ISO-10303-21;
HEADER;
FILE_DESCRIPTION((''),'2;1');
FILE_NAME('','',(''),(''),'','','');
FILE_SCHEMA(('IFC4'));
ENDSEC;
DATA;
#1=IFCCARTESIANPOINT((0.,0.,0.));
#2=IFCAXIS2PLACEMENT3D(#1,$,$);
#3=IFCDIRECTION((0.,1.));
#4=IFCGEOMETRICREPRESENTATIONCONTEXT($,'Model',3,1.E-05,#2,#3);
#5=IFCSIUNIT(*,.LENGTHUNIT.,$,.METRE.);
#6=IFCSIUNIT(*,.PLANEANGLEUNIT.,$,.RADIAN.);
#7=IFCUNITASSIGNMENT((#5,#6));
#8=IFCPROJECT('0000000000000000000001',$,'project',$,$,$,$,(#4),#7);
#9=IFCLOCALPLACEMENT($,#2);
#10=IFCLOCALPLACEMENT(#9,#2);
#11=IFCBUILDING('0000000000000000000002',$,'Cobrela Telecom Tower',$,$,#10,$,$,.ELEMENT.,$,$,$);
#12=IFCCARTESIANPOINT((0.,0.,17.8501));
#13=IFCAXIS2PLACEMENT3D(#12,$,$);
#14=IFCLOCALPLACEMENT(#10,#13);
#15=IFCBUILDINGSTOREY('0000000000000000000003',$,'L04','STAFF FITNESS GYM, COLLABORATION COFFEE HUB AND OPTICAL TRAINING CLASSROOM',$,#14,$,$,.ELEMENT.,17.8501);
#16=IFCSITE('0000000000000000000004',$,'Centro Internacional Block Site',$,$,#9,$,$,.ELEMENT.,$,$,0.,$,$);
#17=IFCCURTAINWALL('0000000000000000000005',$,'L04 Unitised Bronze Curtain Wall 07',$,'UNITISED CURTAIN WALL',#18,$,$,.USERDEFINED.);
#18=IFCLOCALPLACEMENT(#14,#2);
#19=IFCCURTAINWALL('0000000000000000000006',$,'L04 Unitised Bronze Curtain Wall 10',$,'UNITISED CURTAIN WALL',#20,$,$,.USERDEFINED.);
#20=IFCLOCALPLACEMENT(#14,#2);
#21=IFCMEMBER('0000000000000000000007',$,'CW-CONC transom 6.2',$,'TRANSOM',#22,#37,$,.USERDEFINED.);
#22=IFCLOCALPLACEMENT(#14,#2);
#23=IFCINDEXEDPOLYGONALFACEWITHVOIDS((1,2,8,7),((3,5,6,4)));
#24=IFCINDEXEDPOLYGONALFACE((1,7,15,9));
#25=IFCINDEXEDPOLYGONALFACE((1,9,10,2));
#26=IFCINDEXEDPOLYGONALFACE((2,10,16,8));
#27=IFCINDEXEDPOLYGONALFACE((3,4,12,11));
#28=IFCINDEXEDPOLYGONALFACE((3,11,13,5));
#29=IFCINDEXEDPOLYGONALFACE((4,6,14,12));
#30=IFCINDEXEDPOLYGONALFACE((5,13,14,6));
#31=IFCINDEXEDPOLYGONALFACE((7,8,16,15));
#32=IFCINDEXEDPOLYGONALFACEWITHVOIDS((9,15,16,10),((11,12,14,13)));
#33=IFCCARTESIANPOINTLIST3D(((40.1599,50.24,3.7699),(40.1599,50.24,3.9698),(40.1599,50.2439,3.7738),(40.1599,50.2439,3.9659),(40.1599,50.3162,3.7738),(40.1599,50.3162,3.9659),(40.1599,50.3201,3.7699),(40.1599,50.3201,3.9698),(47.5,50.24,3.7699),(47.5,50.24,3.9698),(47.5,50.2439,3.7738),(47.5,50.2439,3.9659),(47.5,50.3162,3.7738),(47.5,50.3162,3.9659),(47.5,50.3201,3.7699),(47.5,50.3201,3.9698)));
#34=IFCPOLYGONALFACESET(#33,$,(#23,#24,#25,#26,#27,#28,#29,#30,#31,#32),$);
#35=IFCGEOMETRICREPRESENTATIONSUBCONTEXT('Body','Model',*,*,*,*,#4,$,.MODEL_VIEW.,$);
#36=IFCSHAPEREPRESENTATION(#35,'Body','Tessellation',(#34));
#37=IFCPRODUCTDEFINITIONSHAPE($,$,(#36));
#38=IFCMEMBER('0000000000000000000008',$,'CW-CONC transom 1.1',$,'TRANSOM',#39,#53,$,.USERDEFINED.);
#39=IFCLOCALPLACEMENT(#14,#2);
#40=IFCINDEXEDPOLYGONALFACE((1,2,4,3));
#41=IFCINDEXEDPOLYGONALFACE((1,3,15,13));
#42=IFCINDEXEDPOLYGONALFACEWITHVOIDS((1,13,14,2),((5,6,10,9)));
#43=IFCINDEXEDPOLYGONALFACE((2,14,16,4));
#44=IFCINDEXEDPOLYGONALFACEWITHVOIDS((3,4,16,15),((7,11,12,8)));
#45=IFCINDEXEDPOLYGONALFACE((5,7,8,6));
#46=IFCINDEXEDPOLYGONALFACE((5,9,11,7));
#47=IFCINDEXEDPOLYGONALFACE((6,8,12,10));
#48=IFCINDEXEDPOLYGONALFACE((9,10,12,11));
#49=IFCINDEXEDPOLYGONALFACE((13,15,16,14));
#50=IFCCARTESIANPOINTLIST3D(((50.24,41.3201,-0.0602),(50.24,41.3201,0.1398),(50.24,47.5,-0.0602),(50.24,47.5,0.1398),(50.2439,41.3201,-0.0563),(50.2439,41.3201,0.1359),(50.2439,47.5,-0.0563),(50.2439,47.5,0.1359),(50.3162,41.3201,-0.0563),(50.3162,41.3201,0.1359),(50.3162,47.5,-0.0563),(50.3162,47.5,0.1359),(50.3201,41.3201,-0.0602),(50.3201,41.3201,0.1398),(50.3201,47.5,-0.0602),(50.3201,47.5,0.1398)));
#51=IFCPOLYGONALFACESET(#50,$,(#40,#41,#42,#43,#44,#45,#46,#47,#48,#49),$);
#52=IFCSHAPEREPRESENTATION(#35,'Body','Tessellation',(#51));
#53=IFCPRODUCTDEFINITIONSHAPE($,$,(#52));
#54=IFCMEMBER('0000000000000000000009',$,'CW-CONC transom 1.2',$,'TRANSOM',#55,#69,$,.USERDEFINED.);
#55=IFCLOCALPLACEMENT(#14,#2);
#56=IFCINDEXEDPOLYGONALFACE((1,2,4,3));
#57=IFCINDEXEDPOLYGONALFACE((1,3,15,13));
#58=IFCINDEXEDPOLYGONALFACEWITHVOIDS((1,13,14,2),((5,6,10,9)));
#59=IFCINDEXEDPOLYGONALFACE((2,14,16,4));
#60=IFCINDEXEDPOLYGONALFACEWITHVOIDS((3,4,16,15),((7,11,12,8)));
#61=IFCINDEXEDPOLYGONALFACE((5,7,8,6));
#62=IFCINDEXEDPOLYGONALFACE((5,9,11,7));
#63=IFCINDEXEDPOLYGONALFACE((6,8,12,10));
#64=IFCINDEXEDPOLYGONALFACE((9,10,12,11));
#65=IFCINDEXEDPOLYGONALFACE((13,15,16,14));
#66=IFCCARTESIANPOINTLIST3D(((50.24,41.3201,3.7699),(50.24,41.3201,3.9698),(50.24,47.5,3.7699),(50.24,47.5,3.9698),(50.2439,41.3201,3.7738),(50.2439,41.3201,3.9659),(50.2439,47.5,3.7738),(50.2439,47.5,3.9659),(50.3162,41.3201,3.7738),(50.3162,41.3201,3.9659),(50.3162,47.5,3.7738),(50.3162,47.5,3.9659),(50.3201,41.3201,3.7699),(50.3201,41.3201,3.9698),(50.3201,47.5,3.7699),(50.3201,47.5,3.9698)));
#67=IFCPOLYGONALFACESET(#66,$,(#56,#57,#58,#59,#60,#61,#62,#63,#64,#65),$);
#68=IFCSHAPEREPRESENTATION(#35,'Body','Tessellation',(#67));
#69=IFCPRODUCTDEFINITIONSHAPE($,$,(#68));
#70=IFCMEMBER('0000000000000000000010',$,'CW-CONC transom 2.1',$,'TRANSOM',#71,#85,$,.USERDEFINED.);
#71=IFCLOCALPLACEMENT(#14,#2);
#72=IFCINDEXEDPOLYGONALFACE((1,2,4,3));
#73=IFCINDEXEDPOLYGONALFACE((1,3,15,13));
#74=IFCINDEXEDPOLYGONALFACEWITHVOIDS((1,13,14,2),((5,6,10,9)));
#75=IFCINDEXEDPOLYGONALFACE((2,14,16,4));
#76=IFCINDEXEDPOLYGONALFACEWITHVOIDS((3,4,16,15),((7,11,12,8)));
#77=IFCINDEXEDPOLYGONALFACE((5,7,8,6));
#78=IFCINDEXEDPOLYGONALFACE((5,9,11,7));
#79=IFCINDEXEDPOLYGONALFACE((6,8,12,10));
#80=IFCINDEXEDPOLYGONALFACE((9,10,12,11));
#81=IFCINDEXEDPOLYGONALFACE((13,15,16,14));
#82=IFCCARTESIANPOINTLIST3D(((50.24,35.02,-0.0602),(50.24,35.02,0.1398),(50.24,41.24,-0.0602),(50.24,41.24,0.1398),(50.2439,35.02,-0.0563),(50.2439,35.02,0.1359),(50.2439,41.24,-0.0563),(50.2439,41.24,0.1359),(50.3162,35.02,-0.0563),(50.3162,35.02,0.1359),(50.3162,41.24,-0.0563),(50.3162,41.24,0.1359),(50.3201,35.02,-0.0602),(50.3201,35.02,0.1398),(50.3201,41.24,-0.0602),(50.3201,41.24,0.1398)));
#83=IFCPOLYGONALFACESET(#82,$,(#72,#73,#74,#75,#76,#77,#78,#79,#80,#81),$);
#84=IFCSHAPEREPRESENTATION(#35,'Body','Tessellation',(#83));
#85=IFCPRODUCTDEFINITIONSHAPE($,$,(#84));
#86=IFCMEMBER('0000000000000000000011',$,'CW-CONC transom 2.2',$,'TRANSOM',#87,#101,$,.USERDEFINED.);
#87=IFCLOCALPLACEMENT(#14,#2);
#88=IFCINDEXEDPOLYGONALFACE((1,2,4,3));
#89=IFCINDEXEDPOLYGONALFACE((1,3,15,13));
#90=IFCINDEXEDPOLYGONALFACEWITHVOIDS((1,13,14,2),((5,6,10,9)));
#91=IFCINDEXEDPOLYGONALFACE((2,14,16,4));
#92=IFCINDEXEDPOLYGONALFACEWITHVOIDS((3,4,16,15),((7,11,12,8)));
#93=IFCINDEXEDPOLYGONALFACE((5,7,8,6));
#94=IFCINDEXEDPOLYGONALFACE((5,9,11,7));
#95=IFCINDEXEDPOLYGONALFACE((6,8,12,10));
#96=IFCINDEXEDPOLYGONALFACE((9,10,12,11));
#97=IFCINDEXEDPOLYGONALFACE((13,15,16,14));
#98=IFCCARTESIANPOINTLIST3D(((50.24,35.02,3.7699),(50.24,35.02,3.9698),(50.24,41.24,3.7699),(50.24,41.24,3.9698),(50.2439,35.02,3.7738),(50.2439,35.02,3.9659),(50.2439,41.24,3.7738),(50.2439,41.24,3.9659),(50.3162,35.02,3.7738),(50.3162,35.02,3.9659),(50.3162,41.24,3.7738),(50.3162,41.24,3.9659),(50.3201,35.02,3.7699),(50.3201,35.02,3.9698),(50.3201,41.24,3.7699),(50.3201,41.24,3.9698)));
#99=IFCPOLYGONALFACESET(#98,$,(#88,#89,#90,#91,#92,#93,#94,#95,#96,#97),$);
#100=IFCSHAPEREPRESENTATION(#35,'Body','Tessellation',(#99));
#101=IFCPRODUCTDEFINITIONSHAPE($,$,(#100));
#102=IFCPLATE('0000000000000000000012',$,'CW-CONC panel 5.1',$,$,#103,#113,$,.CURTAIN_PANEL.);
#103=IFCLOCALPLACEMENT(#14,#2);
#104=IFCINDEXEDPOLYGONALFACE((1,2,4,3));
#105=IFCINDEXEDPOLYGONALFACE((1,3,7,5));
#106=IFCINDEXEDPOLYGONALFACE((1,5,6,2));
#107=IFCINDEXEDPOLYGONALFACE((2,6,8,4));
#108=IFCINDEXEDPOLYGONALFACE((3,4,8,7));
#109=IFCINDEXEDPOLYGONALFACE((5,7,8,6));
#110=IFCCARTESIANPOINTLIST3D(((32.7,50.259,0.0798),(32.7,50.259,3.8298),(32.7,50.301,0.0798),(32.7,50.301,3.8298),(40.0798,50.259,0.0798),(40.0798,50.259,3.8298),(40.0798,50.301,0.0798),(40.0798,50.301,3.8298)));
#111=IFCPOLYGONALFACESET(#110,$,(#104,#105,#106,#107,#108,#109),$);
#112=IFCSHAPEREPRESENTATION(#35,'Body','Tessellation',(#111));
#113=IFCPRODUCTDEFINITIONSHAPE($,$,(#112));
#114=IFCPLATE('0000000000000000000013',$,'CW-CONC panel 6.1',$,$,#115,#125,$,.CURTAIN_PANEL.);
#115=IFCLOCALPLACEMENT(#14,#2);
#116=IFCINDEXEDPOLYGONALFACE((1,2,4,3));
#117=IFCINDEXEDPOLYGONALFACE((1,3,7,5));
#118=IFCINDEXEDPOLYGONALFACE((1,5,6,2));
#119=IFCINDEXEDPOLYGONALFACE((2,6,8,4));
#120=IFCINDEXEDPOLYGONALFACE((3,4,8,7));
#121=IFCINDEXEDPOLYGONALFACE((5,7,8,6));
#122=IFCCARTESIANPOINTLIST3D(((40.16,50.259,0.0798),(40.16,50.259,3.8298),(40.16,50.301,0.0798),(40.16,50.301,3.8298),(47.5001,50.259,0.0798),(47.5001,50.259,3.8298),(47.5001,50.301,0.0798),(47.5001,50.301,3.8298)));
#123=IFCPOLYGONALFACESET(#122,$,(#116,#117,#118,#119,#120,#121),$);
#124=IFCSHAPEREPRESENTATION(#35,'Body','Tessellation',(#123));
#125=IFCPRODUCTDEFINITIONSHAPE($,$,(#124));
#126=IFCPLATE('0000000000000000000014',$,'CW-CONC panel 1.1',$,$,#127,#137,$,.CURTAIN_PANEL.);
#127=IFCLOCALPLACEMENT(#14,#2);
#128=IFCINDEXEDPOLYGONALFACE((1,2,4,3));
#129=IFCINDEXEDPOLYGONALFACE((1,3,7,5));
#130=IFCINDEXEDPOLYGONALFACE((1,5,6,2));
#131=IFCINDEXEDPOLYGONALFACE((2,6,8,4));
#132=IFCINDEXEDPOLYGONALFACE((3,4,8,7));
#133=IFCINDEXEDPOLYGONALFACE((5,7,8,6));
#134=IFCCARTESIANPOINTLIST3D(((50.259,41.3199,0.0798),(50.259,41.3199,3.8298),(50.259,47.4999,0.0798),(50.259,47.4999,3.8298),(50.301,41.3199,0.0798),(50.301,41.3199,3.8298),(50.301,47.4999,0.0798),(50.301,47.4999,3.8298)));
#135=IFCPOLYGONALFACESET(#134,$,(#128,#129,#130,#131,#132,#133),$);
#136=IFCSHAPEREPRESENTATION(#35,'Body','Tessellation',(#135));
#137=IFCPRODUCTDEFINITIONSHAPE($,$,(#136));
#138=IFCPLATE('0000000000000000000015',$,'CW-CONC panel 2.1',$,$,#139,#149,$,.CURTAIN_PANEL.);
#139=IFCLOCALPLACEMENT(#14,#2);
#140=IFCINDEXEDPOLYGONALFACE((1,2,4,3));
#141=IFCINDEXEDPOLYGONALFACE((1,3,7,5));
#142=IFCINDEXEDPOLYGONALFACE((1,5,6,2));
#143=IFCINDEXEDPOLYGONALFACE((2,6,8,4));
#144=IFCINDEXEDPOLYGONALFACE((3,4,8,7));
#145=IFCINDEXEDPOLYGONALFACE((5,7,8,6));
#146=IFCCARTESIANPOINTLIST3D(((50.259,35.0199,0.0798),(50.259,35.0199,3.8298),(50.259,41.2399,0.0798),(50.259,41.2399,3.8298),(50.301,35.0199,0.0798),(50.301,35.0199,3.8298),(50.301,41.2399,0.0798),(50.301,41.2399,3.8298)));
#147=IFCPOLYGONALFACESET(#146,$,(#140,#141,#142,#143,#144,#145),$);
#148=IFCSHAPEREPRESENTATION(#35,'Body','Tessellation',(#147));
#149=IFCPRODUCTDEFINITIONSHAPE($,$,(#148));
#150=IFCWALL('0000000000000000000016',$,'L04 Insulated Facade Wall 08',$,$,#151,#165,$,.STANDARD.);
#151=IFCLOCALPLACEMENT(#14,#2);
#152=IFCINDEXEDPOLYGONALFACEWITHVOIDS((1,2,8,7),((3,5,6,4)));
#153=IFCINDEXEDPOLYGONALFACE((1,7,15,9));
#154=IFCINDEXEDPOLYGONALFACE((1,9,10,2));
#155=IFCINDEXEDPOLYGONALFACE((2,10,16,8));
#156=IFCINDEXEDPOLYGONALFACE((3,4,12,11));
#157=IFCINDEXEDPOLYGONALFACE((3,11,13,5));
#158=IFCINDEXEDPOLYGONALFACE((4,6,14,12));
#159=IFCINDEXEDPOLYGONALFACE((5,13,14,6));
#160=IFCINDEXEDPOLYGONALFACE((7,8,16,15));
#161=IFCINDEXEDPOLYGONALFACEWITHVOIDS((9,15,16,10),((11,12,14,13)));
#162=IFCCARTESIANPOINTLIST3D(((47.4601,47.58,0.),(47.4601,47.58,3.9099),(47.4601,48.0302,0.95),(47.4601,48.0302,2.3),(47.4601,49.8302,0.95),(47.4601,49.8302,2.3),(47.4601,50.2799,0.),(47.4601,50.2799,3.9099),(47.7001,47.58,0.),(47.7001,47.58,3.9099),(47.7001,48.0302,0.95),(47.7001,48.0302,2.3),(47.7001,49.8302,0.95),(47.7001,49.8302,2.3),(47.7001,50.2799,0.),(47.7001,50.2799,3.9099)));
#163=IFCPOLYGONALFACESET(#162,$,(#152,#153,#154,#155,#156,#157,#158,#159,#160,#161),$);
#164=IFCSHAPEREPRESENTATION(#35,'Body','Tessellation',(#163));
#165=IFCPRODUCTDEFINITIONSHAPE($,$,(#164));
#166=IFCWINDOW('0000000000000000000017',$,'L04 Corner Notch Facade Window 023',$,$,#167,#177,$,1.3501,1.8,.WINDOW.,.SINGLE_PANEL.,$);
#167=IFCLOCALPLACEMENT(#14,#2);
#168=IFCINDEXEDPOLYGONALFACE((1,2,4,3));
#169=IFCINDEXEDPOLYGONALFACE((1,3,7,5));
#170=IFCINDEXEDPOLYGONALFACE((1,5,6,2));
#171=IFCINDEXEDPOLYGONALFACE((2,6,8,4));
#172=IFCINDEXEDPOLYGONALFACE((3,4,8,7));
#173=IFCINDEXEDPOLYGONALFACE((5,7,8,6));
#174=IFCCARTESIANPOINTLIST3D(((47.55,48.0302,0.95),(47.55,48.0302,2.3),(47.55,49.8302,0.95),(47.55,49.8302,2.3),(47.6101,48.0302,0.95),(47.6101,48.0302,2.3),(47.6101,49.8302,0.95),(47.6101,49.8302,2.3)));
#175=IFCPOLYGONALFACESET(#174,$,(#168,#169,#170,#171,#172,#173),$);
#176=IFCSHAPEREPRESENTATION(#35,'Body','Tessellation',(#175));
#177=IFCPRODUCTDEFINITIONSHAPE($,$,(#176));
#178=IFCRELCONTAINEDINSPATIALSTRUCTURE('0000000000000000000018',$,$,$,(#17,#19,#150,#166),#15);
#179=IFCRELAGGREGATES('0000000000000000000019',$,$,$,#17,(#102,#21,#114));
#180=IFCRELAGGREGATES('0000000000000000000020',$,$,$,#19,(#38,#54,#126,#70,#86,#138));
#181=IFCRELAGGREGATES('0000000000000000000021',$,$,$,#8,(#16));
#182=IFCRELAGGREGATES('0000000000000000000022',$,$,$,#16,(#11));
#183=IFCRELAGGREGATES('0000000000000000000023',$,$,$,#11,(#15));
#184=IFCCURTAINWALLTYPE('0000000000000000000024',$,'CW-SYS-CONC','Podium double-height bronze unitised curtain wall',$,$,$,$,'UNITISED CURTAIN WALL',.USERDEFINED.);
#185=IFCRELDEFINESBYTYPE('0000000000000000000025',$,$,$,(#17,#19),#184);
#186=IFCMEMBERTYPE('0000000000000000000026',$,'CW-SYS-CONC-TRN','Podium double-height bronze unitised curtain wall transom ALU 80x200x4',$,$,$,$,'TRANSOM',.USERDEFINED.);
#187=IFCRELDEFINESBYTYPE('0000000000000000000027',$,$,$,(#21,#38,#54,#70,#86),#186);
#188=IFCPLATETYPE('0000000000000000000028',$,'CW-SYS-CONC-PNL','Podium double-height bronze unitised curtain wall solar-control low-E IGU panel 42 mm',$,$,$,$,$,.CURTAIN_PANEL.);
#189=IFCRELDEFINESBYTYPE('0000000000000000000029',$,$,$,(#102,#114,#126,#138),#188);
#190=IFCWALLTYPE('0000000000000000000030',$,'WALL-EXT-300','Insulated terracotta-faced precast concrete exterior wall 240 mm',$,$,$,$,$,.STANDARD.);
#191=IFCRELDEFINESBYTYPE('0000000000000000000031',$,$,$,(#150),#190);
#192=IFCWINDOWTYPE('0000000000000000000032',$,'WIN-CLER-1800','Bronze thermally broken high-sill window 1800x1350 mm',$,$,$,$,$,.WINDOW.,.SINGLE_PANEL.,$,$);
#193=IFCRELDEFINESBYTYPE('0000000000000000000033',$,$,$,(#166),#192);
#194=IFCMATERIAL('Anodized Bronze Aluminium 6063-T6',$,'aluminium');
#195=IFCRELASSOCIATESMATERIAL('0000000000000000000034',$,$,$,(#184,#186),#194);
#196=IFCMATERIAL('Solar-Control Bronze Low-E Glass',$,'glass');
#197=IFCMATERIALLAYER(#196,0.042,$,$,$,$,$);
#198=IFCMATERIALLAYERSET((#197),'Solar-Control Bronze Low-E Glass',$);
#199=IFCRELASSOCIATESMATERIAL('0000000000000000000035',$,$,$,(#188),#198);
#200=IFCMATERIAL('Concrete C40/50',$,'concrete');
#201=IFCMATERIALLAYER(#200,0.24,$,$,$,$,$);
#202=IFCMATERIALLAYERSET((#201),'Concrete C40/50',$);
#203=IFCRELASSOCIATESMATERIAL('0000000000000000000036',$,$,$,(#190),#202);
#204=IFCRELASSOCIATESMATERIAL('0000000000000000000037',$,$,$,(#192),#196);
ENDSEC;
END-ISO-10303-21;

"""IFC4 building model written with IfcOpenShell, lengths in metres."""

from ifc_helpers import new_model, si_unit, direction, frame, frame_2d, origin, origin_2d, place, context, subcontext, project, spatial, rectangle, hollow_rectangle, extrude, material, layer, layer_set, material_profile, profile_set, type_object, element, fill, aggregate, save


model = new_model("IFC4")

# Units and contexts
model_context = context("Model", 3, precision=1e-05, world=origin(), true_north=direction((0.0, 1.0)))
body_context = subcontext(model_context, "Body", "Model", "MODEL_VIEW")
ifc_project = project(units=[si_unit("LENGTHUNIT", "METRE"), si_unit("PLANEANGLEUNIT", "RADIAN")], contexts=[model_context])

# Site, building, storey
site_placement = place(None, origin())
site = spatial("IfcSite", under=ifc_project, at=site_placement, Name="Centro Internacional Block Site", CompositionType="ELEMENT", RefElevation=0.0)
building_placement = place(site_placement, origin())
building = spatial("IfcBuilding", under=site, at=building_placement, Name="Cobrela Telecom Tower", CompositionType="ELEMENT")
storey_placement = place(building_placement, frame((0.0, 0.0, 17.8501)))
storey = spatial("IfcBuildingStorey", under=building, at=storey_placement, Name="L04", Description="STAFF FITNESS GYM, COLLABORATION COFFEE HUB AND OPTICAL TRAINING CLASSROOM", CompositionType="ELEMENT", Elevation=17.8501)

# Shared definitions
ifc_material_1 = material(Name="Concrete C40/50", Category="concrete")

# Curtain walls
ifc_material_2 = material(Name="Anodized Bronze Aluminium 6063-T6", Category="aluminium")
curtain_wall_type = type_object("IfcCurtainWallType", Name="CW-SYS-CONC", Description="Podium double-height bronze unitised curtain wall", ElementType="UNITISED CURTAIN WALL", PredefinedType="USERDEFINED", material=ifc_material_2)
curtain_wall_1_placement = place(storey_placement, origin())
curtain_wall_1 = element("IfcCurtainWall", 1, at=curtain_wall_1_placement, inside=storey, type_object=curtain_wall_type, Name="L04 Unitised Bronze Curtain Wall 07", ObjectType="UNITISED CURTAIN WALL", PredefinedType="USERDEFINED")
curtain_wall_2_placement = place(storey_placement, origin())
curtain_wall_2 = element("IfcCurtainWall", 2, at=curtain_wall_2_placement, inside=storey, type_object=curtain_wall_type, Name="L04 Unitised Bronze Curtain Wall 10", ObjectType="UNITISED CURTAIN WALL", PredefinedType="USERDEFINED")

# Members
ifc_material_profile_1 = material_profile(ifc_material_2, hollow_rectangle(XDim=0.0801, YDim=0.2, WallThickness=0.0039, at=origin_2d()), Name="ALU 80x200x4")
ifc_profile_set_1 = profile_set([ifc_material_profile_1], Name="Anodized Bronze Aluminium 6063-T6")
member_type_1 = type_object("IfcMemberType", Name="CW-SYS-CONC-TRN", Description="Podium double-height bronze unitised curtain wall transom ALU 80x200x4", ElementType="TRANSOM", PredefinedType="USERDEFINED", material=ifc_profile_set_1)
member_1_placement = place(storey_placement, frame((40.1599, 50.28, 3.8699), z_axis=(1.0, 0.0, 0.0), x_axis=(0.0, 1.0, 0.0)))
member_1 = element("IfcMember", 3, at=member_1_placement, type_object=member_type_1, Name="CW-CONC transom 6.2", ObjectType="TRANSOM", PredefinedType="USERDEFINED", context=body_context, shape_type="SweptSolid", body=[
    extrude(hollow_rectangle(XDim=0.0801, YDim=0.2, WallThickness=0.0039, at=origin_2d()), origin(), (0.0, 0.0, 1.0), 7.3401),
])
member_2_placement = place(storey_placement, frame((50.28, 47.5, 0.0398), z_axis=(0.0, -1.0, 0.0), x_axis=(1.0, 0.0, 0.0)))
member_2 = element("IfcMember", 4, at=member_2_placement, type_object=member_type_1, Name="CW-CONC transom 1.1", ObjectType="TRANSOM", PredefinedType="USERDEFINED", context=body_context, shape_type="SweptSolid", body=[
    extrude(hollow_rectangle(XDim=0.0801, YDim=0.2, WallThickness=0.0039, at=origin_2d()), origin(), (0.0, 0.0, 1.0), 6.1799),
])
member_3_placement = place(storey_placement, frame((50.28, 47.5, 3.8699), z_axis=(0.0, -1.0, 0.0), x_axis=(1.0, 0.0, 0.0)))
member_3 = element("IfcMember", 5, at=member_3_placement, type_object=member_type_1, Name="CW-CONC transom 1.2", ObjectType="TRANSOM", PredefinedType="USERDEFINED", context=body_context, shape_type="SweptSolid", body=[
    extrude(hollow_rectangle(XDim=0.0801, YDim=0.2, WallThickness=0.0039, at=origin_2d()), origin(), (0.0, 0.0, 1.0), 6.1799),
])
member_4_placement = place(storey_placement, frame((50.28, 41.24, 0.0398), z_axis=(0.0, -1.0, 0.0), x_axis=(1.0, 0.0, 0.0)))
member_4 = element("IfcMember", 6, at=member_4_placement, type_object=member_type_1, Name="CW-CONC transom 2.1", ObjectType="TRANSOM", PredefinedType="USERDEFINED", context=body_context, shape_type="SweptSolid", body=[
    extrude(hollow_rectangle(XDim=0.0801, YDim=0.2, WallThickness=0.0039, at=origin_2d()), origin(), (0.0, 0.0, 1.0), 6.22),
])
member_5_placement = place(storey_placement, frame((50.28, 41.24, 3.8699), z_axis=(0.0, -1.0, 0.0), x_axis=(1.0, 0.0, 0.0)))
member_5 = element("IfcMember", 7, at=member_5_placement, type_object=member_type_1, Name="CW-CONC transom 2.2", ObjectType="TRANSOM", PredefinedType="USERDEFINED", context=body_context, shape_type="SweptSolid", body=[
    extrude(hollow_rectangle(XDim=0.0801, YDim=0.2, WallThickness=0.0039, at=origin_2d()), origin(), (0.0, 0.0, 1.0), 6.22),
])

# Plates
ifc_material_3 = material(Name="Solar-Control Bronze Low-E Glass", Category="glass")
ifc_layer_1 = layer(ifc_material_3, 0.042)
ifc_layer_set_1 = layer_set([ifc_layer_1], Name="Solar-Control Bronze Low-E Glass")
plate_type = type_object("IfcPlateType", Name="CW-SYS-CONC-PNL", Description="Podium double-height bronze unitised curtain wall solar-control low-E IGU panel 42 mm", PredefinedType="CURTAIN_PANEL", material=ifc_layer_set_1)
plate_1_placement = place(storey_placement, frame((36.3899, 50.28, 0.0798), z_axis=(0.0, 0.0, 1.0), x_axis=(1.0, 0.0, 0.0)))
plate_1 = element("IfcPlate", 8, at=plate_1_placement, type_object=plate_type, Name="CW-CONC panel 5.1", PredefinedType="CURTAIN_PANEL", context=body_context, shape_type="SweptSolid", body=[
    extrude(rectangle(XDim=7.3799, YDim=0.042, at=origin_2d()), origin(), (0.0, 0.0, 1.0), 3.75),
])
plate_2_placement = place(storey_placement, frame((43.8301, 50.28, 0.0798), z_axis=(0.0, 0.0, 1.0), x_axis=(1.0, 0.0, 0.0)))
plate_2 = element("IfcPlate", 9, at=plate_2_placement, type_object=plate_type, Name="CW-CONC panel 6.1", PredefinedType="CURTAIN_PANEL", context=body_context, shape_type="SweptSolid", body=[
    extrude(rectangle(XDim=7.3401, YDim=0.042, at=origin_2d()), origin(), (0.0, 0.0, 1.0), 3.75),
])
aggregate(curtain_wall_1, [plate_1, member_1, plate_2])
plate_3_placement = place(storey_placement, frame((50.28, 44.4099, 0.0798), z_axis=(0.0, 0.0, 1.0), x_axis=(0.0, -1.0, 0.0)))
plate_3 = element("IfcPlate", 10, at=plate_3_placement, type_object=plate_type, Name="CW-CONC panel 1.1", PredefinedType="CURTAIN_PANEL", context=body_context, shape_type="SweptSolid", body=[
    extrude(rectangle(XDim=6.1799, YDim=0.042, at=origin_2d()), origin(), (0.0, 0.0, 1.0), 3.75),
])
plate_4_placement = place(storey_placement, frame((50.28, 38.1299, 0.0798), z_axis=(0.0, 0.0, 1.0), x_axis=(0.0, -1.0, 0.0)))
plate_4 = element("IfcPlate", 11, at=plate_4_placement, type_object=plate_type, Name="CW-CONC panel 2.1", PredefinedType="CURTAIN_PANEL", context=body_context, shape_type="SweptSolid", body=[
    extrude(rectangle(XDim=6.22, YDim=0.042, at=origin_2d()), origin(), (0.0, 0.0, 1.0), 3.75),
])
aggregate(curtain_wall_2, [member_2, member_3, plate_3, member_4, member_5, plate_4])

# Wall, opening, window
ifc_layer_2 = layer(ifc_material_1, 0.24)
ifc_layer_set_2 = layer_set([ifc_layer_2], Name="Concrete C40/50")
wall_type_1 = type_object("IfcWallType", Name="WALL-EXT-300", Description="Insulated terracotta-faced precast concrete exterior wall 240 mm", PredefinedType="STANDARD", material=ifc_layer_set_2)
wall_1_placement = place(storey_placement, frame((47.5801, 50.28, 0.0), z_axis=(0.0, 0.0, 1.0), x_axis=(0.0, -1.0, 0.0)))
wall_1 = element("IfcWall", 12, at=wall_1_placement, inside=storey, type_object=wall_type_1, Name="L04 Insulated Facade Wall 08", PredefinedType="STANDARD", context=body_context, shape_type="SweptSolid", body=[
    extrude(rectangle(XDim=2.7, YDim=0.24, at=frame_2d((1.3501, 0.0))), origin(), (0.0, 0.0, 1.0), 3.9099),
])
opening_1_placement = place(wall_1_placement, frame((0.45, 0.0, 0.95)))
opening_1 = element("IfcOpeningElement", 13, at=opening_1_placement, cuts=wall_1, PredefinedType="OPENING", context=body_context, shape_type="SweptSolid", body=[
    extrude(rectangle(XDim=1.8, YDim=1.3501, at=frame_2d((0.8999, 0.675))), frame((0.0, 0.1318, 0.0), z_axis=(0.0, -1.0, 0.0), x_axis=(1.0, 0.0, 0.0)), (0.0, 0.0, 1.0), 0.2639),
])
window_type_1 = type_object("IfcWindowType", Name="WIN-CLER-1800", Description="Bronze thermally broken high-sill window 1800x1350 mm", PartitioningType="SINGLE_PANEL", PredefinedType="WINDOW", material=ifc_material_3)
window_1_placement = place(opening_1_placement, origin())
window_1 = element("IfcWindow", 14, at=window_1_placement, inside=storey, type_object=window_type_1, Name="L04 Corner Notch Facade Window 023", OverallHeight=1.3501, OverallWidth=1.8, PartitioningType="SINGLE_PANEL", PredefinedType="WINDOW", context=body_context, shape_type="SweptSolid", body=[
    extrude(rectangle(XDim=1.8, YDim=1.3501, at=frame_2d((0.8999, 0.675))), frame((0.0, 0.03, 0.0), z_axis=(0.0, -1.0, 0.0), x_axis=(1.0, 0.0, 0.0)), (0.0, 0.0, 1.0), 0.0601),
])
fill(opening_1, window_1)

save(model, "model.ifc")
